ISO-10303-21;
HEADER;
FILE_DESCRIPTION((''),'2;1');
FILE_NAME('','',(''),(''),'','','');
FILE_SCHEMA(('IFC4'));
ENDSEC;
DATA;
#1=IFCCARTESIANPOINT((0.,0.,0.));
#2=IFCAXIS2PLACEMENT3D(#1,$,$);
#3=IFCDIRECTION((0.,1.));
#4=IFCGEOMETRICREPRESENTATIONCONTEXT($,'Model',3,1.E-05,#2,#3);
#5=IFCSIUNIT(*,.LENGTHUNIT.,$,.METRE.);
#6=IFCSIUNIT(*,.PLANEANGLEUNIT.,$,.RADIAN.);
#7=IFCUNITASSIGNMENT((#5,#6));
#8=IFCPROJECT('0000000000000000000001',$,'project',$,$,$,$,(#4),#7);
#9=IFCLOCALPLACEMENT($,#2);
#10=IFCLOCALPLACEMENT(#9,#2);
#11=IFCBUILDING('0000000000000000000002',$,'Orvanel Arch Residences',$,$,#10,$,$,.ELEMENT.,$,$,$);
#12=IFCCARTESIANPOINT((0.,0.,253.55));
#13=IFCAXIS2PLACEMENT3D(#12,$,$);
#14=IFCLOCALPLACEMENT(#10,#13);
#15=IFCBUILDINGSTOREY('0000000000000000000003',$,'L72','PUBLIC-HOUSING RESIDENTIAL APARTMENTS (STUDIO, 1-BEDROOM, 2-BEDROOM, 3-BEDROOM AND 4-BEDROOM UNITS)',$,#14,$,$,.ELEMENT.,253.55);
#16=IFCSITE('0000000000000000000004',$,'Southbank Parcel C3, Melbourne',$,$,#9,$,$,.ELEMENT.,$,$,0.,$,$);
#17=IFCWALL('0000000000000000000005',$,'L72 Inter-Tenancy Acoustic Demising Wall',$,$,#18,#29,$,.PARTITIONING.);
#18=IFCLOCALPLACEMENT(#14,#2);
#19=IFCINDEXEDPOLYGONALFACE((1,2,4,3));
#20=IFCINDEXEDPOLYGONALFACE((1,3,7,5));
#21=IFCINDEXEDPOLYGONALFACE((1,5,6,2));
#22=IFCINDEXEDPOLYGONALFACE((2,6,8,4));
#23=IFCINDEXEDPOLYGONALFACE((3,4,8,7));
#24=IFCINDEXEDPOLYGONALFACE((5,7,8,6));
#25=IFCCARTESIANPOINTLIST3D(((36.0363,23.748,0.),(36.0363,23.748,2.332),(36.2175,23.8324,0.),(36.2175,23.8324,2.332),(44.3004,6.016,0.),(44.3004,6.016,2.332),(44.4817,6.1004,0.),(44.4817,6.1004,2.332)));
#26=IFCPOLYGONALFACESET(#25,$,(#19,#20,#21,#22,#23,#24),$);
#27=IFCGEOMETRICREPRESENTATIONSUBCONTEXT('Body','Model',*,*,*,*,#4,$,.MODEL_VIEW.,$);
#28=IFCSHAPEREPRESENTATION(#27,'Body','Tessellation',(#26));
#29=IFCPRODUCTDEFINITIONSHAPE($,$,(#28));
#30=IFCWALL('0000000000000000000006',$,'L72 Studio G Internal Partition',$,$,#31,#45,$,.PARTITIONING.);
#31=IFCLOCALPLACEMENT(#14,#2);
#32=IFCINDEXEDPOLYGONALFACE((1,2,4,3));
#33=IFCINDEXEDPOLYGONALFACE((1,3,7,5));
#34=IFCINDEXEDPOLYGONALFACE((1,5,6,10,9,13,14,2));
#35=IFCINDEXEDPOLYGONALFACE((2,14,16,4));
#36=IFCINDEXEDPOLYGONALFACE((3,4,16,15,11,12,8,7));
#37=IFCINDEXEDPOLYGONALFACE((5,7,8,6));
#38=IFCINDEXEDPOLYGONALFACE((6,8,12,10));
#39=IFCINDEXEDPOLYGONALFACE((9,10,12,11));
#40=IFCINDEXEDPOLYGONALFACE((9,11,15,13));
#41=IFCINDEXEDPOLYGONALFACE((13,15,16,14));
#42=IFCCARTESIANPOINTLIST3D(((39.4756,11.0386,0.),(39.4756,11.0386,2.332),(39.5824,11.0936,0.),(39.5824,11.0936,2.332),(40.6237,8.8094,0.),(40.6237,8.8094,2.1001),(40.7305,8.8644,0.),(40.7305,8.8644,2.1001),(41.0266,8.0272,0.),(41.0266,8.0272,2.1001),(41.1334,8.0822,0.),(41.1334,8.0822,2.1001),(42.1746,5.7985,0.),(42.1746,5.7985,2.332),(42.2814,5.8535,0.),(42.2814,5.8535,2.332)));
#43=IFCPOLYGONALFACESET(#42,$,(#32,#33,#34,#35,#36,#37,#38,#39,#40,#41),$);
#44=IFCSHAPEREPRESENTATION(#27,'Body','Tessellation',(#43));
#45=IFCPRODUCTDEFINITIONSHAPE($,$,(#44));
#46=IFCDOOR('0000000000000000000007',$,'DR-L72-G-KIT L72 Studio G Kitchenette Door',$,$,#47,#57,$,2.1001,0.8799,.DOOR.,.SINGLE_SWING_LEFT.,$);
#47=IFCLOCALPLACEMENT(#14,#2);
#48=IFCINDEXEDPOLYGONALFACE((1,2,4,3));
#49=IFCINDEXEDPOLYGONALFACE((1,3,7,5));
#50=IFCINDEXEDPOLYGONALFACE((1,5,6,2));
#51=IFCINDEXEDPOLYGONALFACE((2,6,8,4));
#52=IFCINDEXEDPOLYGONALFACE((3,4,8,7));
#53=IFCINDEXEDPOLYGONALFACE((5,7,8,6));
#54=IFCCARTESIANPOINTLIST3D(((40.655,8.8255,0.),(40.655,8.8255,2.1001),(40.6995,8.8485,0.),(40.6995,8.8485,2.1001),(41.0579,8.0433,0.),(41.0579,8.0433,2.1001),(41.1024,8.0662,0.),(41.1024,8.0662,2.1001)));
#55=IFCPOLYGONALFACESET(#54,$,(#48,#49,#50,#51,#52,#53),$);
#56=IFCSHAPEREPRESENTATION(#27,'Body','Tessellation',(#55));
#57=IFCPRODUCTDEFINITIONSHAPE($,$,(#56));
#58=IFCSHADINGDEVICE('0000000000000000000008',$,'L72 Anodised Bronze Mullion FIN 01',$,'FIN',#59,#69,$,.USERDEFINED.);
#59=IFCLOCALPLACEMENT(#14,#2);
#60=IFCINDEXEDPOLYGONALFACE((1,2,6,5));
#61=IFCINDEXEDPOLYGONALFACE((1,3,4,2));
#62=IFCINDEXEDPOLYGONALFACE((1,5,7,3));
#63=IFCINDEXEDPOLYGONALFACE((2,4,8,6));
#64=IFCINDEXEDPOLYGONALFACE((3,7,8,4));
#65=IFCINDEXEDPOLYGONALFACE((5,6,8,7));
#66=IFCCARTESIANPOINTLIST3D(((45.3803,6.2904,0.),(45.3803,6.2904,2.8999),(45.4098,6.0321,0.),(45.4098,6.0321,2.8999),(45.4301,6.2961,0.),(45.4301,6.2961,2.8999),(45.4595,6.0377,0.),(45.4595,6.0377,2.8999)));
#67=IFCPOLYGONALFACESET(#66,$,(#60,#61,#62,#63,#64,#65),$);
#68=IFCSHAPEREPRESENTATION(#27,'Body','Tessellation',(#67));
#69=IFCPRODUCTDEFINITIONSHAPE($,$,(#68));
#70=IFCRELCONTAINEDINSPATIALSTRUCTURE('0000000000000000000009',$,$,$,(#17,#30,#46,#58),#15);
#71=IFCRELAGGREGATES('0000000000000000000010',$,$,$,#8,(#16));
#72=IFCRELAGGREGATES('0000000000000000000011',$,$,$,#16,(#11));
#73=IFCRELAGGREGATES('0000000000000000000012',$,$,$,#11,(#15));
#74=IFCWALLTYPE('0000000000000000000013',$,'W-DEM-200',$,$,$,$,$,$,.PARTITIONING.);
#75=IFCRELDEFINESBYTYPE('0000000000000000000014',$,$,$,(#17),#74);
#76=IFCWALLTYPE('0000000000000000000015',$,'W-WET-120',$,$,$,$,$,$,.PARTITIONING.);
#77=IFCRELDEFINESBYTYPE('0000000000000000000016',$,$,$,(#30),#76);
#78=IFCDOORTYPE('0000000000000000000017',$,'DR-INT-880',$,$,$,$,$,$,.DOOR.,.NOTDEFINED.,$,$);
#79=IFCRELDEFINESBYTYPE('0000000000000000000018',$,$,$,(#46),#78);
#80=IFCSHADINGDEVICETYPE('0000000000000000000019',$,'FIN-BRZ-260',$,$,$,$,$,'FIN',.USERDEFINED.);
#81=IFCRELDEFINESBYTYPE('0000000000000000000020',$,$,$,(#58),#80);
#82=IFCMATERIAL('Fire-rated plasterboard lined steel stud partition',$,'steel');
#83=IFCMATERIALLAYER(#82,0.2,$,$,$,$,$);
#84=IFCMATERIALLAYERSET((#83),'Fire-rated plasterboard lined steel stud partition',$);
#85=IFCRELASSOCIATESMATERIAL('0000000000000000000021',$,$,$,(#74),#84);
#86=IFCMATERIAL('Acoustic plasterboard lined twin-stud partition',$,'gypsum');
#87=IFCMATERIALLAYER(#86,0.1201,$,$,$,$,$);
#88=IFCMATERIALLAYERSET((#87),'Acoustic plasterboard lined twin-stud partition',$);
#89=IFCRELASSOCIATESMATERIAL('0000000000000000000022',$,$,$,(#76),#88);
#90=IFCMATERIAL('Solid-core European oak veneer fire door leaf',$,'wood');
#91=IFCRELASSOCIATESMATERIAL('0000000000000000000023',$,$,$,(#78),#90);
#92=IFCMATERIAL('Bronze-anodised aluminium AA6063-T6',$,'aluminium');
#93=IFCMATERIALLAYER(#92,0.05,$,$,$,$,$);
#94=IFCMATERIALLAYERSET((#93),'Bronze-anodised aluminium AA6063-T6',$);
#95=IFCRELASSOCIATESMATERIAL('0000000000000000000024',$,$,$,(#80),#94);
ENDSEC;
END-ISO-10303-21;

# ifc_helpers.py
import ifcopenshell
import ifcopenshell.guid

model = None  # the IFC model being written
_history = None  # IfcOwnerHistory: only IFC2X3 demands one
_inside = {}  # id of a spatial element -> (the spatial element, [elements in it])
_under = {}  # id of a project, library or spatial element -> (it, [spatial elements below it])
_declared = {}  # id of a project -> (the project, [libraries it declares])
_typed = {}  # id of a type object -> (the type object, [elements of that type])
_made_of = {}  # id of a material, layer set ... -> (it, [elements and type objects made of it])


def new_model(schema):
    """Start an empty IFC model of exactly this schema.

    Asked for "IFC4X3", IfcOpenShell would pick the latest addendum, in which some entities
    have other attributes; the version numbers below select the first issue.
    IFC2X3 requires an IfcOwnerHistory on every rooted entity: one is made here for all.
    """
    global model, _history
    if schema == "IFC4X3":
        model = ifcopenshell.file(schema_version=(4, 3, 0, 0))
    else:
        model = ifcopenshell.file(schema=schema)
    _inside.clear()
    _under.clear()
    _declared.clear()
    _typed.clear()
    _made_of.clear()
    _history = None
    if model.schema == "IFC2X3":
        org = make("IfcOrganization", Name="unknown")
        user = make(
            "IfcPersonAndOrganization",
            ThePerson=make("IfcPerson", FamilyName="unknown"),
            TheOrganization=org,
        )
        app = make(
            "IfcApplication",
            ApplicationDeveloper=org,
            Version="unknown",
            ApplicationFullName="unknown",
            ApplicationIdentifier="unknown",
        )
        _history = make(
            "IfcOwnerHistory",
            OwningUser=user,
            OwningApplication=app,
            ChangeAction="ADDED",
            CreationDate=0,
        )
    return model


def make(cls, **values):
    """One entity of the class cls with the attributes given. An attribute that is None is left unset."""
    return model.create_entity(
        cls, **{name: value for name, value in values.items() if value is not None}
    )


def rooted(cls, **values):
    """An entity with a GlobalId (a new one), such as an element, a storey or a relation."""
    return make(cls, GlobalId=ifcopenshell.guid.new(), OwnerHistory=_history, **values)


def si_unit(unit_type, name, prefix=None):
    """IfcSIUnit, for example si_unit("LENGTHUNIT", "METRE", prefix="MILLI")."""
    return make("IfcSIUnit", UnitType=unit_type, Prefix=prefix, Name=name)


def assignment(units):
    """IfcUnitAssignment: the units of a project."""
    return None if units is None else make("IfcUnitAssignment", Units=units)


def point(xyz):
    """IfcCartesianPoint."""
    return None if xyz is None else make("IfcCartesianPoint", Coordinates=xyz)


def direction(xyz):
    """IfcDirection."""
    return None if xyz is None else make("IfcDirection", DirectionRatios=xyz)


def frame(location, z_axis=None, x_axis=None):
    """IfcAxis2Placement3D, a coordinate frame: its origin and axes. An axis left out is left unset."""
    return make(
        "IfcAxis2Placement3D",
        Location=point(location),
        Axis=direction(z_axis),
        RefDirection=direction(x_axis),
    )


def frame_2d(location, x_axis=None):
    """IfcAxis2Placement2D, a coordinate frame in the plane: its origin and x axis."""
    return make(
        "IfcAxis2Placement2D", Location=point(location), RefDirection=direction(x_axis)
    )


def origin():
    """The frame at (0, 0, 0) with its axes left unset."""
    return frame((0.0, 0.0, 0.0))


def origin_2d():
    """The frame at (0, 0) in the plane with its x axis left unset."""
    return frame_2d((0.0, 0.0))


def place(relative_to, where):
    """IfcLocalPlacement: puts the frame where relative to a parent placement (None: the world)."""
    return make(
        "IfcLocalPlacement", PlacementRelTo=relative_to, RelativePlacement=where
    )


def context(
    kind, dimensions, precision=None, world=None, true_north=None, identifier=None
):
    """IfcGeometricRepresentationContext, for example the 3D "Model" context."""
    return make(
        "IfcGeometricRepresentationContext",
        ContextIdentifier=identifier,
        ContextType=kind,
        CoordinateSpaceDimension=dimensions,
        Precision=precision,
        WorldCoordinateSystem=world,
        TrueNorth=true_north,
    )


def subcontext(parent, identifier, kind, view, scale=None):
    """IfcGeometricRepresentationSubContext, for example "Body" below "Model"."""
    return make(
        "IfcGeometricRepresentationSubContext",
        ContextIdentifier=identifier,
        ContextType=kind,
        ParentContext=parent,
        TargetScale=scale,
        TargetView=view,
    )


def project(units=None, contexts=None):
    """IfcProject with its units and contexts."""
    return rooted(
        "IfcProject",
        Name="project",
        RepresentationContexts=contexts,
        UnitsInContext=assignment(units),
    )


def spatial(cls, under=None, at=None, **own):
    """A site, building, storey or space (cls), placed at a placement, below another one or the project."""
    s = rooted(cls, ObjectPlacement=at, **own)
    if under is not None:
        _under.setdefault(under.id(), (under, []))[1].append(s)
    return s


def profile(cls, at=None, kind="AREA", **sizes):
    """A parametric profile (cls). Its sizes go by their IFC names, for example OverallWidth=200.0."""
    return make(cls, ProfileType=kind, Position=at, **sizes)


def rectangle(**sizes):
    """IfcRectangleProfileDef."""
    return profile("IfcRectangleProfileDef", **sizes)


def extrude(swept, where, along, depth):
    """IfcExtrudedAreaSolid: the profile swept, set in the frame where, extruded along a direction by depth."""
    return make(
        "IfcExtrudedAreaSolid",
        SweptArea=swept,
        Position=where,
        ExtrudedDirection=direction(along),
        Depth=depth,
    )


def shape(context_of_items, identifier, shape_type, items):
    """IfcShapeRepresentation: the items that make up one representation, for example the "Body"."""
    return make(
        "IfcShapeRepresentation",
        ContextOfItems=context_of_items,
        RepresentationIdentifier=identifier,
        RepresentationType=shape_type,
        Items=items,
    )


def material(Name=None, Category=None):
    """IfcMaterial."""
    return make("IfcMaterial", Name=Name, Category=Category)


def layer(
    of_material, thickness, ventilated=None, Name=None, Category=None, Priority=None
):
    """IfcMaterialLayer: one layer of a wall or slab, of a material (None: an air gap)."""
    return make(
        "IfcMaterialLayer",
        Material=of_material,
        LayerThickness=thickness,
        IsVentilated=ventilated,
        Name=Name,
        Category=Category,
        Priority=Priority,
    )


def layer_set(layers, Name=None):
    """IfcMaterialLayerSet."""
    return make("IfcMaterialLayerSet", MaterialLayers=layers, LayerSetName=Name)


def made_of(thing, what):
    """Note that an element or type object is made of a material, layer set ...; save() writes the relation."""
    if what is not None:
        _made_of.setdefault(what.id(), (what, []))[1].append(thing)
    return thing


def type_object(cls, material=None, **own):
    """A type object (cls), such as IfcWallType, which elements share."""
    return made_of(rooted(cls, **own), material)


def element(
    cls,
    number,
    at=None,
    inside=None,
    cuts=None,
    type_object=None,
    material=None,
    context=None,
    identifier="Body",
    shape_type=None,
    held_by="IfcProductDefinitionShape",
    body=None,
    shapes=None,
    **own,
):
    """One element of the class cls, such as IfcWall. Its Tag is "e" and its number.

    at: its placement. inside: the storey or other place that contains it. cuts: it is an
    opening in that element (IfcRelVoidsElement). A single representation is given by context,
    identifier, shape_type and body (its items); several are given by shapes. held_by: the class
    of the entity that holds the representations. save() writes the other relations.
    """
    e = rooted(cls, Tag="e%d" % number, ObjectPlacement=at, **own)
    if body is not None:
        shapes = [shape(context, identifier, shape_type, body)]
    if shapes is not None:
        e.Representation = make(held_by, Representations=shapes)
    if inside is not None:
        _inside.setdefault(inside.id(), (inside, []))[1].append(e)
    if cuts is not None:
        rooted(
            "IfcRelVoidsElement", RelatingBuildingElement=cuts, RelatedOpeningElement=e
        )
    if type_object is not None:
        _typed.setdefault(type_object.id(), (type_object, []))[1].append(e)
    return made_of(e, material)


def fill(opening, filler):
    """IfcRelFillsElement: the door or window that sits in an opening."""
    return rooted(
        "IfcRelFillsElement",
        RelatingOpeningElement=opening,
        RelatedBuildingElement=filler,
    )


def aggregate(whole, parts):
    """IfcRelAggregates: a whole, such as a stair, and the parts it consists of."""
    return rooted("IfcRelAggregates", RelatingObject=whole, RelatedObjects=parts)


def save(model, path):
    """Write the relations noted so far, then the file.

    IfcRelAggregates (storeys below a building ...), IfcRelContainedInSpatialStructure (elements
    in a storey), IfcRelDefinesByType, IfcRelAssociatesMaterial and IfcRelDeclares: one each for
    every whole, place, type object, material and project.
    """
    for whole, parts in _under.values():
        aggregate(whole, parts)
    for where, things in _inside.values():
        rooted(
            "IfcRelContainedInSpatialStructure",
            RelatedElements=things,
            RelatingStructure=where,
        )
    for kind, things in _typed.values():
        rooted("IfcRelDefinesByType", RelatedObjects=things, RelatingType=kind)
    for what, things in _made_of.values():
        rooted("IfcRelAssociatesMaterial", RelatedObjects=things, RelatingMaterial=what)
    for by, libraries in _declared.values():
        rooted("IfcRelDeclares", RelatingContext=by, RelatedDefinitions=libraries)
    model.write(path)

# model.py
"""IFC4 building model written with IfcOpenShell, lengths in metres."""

from ifc_helpers import new_model, si_unit, direction, frame, frame_2d, origin, origin_2d, place, context, subcontext, project, spatial, rectangle, extrude, material, layer, layer_set, type_object, element, fill, save


model = new_model("IFC4")

# Units and contexts
model_context = context("Model", 3, precision=1e-05, world=origin(), true_north=direction((0.0, 1.0)))
body_context = subcontext(model_context, "Body", "Model", "MODEL_VIEW")
ifc_project = project(units=[si_unit("LENGTHUNIT", "METRE"), si_unit("PLANEANGLEUNIT", "RADIAN")], contexts=[model_context])

# Site, building, storey
site_placement = place(None, origin())
site = spatial("IfcSite", under=ifc_project, at=site_placement, Name="Southbank Parcel C3, Melbourne", CompositionType="ELEMENT", RefElevation=0.0)
building_placement = place(site_placement, origin())
building = spatial("IfcBuilding", under=site, at=building_placement, Name="Orvanel Arch Residences", CompositionType="ELEMENT")
storey_placement = place(building_placement, frame((0.0, 0.0, 253.55)))
storey = spatial("IfcBuildingStorey", under=building, at=storey_placement, Name="L72", Description="PUBLIC-HOUSING RESIDENTIAL APARTMENTS (STUDIO, 1-BEDROOM, 2-BEDROOM, 3-BEDROOM AND 4-BEDROOM UNITS)", CompositionType="ELEMENT", Elevation=253.55)

# Shared definitions
ifc_material_1 = material(Name="Bronze-anodised aluminium AA6063-T6", Category="aluminium")

# Wall
ifc_material_2 = material(Name="Fire-rated plasterboard lined steel stud partition", Category="steel")
ifc_layer_1 = layer(ifc_material_2, 0.2)
ifc_layer_set_1 = layer_set([ifc_layer_1], Name="Fire-rated plasterboard lined steel stud partition")
wall_type_1 = type_object("IfcWallType", Name="W-DEM-200", PredefinedType="PARTITIONING", material=ifc_layer_set_1)
wall_1_placement = place(storey_placement, frame((44.3911, 6.0581, 0.0), z_axis=(0.0, 0.0, 1.0), x_axis=(-0.422435, 0.906393, 0.0)))
element("IfcWall", 1, at=wall_1_placement, inside=storey, type_object=wall_type_1, Name="L72 Inter-Tenancy Acoustic Demising Wall", PredefinedType="PARTITIONING", context=body_context, shape_type="SweptSolid", body=[
    extrude(rectangle(XDim=19.5632, YDim=0.2, at=frame_2d((9.7817, 0.0))), origin(), (0.0, 0.0, 1.0), 2.332),
])

# Wall, opening, door
ifc_material_3 = material(Name="Acoustic plasterboard lined twin-stud partition", Category="gypsum")
ifc_layer_2 = layer(ifc_material_3, 0.1201)
ifc_layer_set_2 = layer_set([ifc_layer_2], Name="Acoustic plasterboard lined twin-stud partition")
wall_type_2 = type_object("IfcWallType", Name="W-WET-120", PredefinedType="PARTITIONING", material=ifc_layer_set_2)
wall_2_placement = place(storey_placement, frame((42.228, 5.8259, 0.0), z_axis=(0.0, 0.0, 1.0), x_axis=(-0.457901, 0.889003, 0.0)))
wall_2 = element("IfcWall", 2, at=wall_2_placement, inside=storey, type_object=wall_type_2, Name="L72 Studio G Internal Partition", PredefinedType="PARTITIONING", context=body_context, shape_type="SweptSolid", body=[
    extrude(rectangle(XDim=5.8943, YDim=0.1201, at=frame_2d((2.9473, 0.0))), origin(), (0.0, 0.0, 1.0), 2.332),
])
opening_placement = place(wall_2_placement, frame((2.5071, 0.0, 0.0)))
opening = element("IfcOpeningElement", 3, at=opening_placement, cuts=wall_2, PredefinedType="OPENING", context=body_context, shape_type="SweptSolid", body=[
    extrude(rectangle(XDim=0.8799, YDim=2.1001, at=frame_2d((0.4399, 1.05))), frame((0.0, 0.0701, 0.0), z_axis=(0.0, -1.0, 0.0), x_axis=(1.0, 0.0, 0.0)), (0.0, 0.0, 1.0), 0.1401),
])
ifc_material_4 = material(Name="Solid-core European oak veneer fire door leaf", Category="wood")
door_type = type_object("IfcDoorType", Name="DR-INT-880", OperationType="NOTDEFINED", PredefinedType="DOOR", material=ifc_material_4)
door_placement = place(opening_placement, origin())
door = element("IfcDoor", 4, at=door_placement, inside=storey, type_object=door_type, Name="DR-L72-G-KIT L72 Studio G Kitchenette Door", OperationType="SINGLE_SWING_LEFT", OverallHeight=2.1001, OverallWidth=0.8799, PredefinedType="DOOR", context=body_context, shape_type="SweptSolid", body=[
    extrude(rectangle(XDim=0.8799, YDim=2.1001, at=frame_2d((0.4399, 1.05))), frame((0.0, 0.0249, 0.0), z_axis=(0.0, -1.0, 0.0), x_axis=(1.0, 0.0, 0.0)), (0.0, 0.0, 1.0), 0.05),
])
fill(opening, door)

# Shading device
ifc_layer_3 = layer(ifc_material_1, 0.05)
ifc_layer_set_3 = layer_set([ifc_layer_3], Name="Bronze-anodised aluminium AA6063-T6")
shading_device_type = type_object("IfcShadingDeviceType", Name="FIN-BRZ-260", ElementType="FIN", PredefinedType="USERDEFINED", material=ifc_layer_set_3)
shading_device_placement = place(storey_placement, frame((45.4199, 6.1641, 0.0), z_axis=(0.0, 0.0, 1.0), x_axis=(0.113203, -0.993572, 0.0)))
element("IfcShadingDevice", 5, at=shading_device_placement, inside=storey, type_object=shading_device_type, Name="L72 Anodised Bronze Mullion FIN 01", ObjectType="FIN", PredefinedType="USERDEFINED", context=body_context, shape_type="SweptSolid", body=[
    extrude(rectangle(XDim=0.26, YDim=0.05, at=origin_2d()), origin(), (0.0, 0.0, 1.0), 2.8999),
])

save(model, "model.ifc")
